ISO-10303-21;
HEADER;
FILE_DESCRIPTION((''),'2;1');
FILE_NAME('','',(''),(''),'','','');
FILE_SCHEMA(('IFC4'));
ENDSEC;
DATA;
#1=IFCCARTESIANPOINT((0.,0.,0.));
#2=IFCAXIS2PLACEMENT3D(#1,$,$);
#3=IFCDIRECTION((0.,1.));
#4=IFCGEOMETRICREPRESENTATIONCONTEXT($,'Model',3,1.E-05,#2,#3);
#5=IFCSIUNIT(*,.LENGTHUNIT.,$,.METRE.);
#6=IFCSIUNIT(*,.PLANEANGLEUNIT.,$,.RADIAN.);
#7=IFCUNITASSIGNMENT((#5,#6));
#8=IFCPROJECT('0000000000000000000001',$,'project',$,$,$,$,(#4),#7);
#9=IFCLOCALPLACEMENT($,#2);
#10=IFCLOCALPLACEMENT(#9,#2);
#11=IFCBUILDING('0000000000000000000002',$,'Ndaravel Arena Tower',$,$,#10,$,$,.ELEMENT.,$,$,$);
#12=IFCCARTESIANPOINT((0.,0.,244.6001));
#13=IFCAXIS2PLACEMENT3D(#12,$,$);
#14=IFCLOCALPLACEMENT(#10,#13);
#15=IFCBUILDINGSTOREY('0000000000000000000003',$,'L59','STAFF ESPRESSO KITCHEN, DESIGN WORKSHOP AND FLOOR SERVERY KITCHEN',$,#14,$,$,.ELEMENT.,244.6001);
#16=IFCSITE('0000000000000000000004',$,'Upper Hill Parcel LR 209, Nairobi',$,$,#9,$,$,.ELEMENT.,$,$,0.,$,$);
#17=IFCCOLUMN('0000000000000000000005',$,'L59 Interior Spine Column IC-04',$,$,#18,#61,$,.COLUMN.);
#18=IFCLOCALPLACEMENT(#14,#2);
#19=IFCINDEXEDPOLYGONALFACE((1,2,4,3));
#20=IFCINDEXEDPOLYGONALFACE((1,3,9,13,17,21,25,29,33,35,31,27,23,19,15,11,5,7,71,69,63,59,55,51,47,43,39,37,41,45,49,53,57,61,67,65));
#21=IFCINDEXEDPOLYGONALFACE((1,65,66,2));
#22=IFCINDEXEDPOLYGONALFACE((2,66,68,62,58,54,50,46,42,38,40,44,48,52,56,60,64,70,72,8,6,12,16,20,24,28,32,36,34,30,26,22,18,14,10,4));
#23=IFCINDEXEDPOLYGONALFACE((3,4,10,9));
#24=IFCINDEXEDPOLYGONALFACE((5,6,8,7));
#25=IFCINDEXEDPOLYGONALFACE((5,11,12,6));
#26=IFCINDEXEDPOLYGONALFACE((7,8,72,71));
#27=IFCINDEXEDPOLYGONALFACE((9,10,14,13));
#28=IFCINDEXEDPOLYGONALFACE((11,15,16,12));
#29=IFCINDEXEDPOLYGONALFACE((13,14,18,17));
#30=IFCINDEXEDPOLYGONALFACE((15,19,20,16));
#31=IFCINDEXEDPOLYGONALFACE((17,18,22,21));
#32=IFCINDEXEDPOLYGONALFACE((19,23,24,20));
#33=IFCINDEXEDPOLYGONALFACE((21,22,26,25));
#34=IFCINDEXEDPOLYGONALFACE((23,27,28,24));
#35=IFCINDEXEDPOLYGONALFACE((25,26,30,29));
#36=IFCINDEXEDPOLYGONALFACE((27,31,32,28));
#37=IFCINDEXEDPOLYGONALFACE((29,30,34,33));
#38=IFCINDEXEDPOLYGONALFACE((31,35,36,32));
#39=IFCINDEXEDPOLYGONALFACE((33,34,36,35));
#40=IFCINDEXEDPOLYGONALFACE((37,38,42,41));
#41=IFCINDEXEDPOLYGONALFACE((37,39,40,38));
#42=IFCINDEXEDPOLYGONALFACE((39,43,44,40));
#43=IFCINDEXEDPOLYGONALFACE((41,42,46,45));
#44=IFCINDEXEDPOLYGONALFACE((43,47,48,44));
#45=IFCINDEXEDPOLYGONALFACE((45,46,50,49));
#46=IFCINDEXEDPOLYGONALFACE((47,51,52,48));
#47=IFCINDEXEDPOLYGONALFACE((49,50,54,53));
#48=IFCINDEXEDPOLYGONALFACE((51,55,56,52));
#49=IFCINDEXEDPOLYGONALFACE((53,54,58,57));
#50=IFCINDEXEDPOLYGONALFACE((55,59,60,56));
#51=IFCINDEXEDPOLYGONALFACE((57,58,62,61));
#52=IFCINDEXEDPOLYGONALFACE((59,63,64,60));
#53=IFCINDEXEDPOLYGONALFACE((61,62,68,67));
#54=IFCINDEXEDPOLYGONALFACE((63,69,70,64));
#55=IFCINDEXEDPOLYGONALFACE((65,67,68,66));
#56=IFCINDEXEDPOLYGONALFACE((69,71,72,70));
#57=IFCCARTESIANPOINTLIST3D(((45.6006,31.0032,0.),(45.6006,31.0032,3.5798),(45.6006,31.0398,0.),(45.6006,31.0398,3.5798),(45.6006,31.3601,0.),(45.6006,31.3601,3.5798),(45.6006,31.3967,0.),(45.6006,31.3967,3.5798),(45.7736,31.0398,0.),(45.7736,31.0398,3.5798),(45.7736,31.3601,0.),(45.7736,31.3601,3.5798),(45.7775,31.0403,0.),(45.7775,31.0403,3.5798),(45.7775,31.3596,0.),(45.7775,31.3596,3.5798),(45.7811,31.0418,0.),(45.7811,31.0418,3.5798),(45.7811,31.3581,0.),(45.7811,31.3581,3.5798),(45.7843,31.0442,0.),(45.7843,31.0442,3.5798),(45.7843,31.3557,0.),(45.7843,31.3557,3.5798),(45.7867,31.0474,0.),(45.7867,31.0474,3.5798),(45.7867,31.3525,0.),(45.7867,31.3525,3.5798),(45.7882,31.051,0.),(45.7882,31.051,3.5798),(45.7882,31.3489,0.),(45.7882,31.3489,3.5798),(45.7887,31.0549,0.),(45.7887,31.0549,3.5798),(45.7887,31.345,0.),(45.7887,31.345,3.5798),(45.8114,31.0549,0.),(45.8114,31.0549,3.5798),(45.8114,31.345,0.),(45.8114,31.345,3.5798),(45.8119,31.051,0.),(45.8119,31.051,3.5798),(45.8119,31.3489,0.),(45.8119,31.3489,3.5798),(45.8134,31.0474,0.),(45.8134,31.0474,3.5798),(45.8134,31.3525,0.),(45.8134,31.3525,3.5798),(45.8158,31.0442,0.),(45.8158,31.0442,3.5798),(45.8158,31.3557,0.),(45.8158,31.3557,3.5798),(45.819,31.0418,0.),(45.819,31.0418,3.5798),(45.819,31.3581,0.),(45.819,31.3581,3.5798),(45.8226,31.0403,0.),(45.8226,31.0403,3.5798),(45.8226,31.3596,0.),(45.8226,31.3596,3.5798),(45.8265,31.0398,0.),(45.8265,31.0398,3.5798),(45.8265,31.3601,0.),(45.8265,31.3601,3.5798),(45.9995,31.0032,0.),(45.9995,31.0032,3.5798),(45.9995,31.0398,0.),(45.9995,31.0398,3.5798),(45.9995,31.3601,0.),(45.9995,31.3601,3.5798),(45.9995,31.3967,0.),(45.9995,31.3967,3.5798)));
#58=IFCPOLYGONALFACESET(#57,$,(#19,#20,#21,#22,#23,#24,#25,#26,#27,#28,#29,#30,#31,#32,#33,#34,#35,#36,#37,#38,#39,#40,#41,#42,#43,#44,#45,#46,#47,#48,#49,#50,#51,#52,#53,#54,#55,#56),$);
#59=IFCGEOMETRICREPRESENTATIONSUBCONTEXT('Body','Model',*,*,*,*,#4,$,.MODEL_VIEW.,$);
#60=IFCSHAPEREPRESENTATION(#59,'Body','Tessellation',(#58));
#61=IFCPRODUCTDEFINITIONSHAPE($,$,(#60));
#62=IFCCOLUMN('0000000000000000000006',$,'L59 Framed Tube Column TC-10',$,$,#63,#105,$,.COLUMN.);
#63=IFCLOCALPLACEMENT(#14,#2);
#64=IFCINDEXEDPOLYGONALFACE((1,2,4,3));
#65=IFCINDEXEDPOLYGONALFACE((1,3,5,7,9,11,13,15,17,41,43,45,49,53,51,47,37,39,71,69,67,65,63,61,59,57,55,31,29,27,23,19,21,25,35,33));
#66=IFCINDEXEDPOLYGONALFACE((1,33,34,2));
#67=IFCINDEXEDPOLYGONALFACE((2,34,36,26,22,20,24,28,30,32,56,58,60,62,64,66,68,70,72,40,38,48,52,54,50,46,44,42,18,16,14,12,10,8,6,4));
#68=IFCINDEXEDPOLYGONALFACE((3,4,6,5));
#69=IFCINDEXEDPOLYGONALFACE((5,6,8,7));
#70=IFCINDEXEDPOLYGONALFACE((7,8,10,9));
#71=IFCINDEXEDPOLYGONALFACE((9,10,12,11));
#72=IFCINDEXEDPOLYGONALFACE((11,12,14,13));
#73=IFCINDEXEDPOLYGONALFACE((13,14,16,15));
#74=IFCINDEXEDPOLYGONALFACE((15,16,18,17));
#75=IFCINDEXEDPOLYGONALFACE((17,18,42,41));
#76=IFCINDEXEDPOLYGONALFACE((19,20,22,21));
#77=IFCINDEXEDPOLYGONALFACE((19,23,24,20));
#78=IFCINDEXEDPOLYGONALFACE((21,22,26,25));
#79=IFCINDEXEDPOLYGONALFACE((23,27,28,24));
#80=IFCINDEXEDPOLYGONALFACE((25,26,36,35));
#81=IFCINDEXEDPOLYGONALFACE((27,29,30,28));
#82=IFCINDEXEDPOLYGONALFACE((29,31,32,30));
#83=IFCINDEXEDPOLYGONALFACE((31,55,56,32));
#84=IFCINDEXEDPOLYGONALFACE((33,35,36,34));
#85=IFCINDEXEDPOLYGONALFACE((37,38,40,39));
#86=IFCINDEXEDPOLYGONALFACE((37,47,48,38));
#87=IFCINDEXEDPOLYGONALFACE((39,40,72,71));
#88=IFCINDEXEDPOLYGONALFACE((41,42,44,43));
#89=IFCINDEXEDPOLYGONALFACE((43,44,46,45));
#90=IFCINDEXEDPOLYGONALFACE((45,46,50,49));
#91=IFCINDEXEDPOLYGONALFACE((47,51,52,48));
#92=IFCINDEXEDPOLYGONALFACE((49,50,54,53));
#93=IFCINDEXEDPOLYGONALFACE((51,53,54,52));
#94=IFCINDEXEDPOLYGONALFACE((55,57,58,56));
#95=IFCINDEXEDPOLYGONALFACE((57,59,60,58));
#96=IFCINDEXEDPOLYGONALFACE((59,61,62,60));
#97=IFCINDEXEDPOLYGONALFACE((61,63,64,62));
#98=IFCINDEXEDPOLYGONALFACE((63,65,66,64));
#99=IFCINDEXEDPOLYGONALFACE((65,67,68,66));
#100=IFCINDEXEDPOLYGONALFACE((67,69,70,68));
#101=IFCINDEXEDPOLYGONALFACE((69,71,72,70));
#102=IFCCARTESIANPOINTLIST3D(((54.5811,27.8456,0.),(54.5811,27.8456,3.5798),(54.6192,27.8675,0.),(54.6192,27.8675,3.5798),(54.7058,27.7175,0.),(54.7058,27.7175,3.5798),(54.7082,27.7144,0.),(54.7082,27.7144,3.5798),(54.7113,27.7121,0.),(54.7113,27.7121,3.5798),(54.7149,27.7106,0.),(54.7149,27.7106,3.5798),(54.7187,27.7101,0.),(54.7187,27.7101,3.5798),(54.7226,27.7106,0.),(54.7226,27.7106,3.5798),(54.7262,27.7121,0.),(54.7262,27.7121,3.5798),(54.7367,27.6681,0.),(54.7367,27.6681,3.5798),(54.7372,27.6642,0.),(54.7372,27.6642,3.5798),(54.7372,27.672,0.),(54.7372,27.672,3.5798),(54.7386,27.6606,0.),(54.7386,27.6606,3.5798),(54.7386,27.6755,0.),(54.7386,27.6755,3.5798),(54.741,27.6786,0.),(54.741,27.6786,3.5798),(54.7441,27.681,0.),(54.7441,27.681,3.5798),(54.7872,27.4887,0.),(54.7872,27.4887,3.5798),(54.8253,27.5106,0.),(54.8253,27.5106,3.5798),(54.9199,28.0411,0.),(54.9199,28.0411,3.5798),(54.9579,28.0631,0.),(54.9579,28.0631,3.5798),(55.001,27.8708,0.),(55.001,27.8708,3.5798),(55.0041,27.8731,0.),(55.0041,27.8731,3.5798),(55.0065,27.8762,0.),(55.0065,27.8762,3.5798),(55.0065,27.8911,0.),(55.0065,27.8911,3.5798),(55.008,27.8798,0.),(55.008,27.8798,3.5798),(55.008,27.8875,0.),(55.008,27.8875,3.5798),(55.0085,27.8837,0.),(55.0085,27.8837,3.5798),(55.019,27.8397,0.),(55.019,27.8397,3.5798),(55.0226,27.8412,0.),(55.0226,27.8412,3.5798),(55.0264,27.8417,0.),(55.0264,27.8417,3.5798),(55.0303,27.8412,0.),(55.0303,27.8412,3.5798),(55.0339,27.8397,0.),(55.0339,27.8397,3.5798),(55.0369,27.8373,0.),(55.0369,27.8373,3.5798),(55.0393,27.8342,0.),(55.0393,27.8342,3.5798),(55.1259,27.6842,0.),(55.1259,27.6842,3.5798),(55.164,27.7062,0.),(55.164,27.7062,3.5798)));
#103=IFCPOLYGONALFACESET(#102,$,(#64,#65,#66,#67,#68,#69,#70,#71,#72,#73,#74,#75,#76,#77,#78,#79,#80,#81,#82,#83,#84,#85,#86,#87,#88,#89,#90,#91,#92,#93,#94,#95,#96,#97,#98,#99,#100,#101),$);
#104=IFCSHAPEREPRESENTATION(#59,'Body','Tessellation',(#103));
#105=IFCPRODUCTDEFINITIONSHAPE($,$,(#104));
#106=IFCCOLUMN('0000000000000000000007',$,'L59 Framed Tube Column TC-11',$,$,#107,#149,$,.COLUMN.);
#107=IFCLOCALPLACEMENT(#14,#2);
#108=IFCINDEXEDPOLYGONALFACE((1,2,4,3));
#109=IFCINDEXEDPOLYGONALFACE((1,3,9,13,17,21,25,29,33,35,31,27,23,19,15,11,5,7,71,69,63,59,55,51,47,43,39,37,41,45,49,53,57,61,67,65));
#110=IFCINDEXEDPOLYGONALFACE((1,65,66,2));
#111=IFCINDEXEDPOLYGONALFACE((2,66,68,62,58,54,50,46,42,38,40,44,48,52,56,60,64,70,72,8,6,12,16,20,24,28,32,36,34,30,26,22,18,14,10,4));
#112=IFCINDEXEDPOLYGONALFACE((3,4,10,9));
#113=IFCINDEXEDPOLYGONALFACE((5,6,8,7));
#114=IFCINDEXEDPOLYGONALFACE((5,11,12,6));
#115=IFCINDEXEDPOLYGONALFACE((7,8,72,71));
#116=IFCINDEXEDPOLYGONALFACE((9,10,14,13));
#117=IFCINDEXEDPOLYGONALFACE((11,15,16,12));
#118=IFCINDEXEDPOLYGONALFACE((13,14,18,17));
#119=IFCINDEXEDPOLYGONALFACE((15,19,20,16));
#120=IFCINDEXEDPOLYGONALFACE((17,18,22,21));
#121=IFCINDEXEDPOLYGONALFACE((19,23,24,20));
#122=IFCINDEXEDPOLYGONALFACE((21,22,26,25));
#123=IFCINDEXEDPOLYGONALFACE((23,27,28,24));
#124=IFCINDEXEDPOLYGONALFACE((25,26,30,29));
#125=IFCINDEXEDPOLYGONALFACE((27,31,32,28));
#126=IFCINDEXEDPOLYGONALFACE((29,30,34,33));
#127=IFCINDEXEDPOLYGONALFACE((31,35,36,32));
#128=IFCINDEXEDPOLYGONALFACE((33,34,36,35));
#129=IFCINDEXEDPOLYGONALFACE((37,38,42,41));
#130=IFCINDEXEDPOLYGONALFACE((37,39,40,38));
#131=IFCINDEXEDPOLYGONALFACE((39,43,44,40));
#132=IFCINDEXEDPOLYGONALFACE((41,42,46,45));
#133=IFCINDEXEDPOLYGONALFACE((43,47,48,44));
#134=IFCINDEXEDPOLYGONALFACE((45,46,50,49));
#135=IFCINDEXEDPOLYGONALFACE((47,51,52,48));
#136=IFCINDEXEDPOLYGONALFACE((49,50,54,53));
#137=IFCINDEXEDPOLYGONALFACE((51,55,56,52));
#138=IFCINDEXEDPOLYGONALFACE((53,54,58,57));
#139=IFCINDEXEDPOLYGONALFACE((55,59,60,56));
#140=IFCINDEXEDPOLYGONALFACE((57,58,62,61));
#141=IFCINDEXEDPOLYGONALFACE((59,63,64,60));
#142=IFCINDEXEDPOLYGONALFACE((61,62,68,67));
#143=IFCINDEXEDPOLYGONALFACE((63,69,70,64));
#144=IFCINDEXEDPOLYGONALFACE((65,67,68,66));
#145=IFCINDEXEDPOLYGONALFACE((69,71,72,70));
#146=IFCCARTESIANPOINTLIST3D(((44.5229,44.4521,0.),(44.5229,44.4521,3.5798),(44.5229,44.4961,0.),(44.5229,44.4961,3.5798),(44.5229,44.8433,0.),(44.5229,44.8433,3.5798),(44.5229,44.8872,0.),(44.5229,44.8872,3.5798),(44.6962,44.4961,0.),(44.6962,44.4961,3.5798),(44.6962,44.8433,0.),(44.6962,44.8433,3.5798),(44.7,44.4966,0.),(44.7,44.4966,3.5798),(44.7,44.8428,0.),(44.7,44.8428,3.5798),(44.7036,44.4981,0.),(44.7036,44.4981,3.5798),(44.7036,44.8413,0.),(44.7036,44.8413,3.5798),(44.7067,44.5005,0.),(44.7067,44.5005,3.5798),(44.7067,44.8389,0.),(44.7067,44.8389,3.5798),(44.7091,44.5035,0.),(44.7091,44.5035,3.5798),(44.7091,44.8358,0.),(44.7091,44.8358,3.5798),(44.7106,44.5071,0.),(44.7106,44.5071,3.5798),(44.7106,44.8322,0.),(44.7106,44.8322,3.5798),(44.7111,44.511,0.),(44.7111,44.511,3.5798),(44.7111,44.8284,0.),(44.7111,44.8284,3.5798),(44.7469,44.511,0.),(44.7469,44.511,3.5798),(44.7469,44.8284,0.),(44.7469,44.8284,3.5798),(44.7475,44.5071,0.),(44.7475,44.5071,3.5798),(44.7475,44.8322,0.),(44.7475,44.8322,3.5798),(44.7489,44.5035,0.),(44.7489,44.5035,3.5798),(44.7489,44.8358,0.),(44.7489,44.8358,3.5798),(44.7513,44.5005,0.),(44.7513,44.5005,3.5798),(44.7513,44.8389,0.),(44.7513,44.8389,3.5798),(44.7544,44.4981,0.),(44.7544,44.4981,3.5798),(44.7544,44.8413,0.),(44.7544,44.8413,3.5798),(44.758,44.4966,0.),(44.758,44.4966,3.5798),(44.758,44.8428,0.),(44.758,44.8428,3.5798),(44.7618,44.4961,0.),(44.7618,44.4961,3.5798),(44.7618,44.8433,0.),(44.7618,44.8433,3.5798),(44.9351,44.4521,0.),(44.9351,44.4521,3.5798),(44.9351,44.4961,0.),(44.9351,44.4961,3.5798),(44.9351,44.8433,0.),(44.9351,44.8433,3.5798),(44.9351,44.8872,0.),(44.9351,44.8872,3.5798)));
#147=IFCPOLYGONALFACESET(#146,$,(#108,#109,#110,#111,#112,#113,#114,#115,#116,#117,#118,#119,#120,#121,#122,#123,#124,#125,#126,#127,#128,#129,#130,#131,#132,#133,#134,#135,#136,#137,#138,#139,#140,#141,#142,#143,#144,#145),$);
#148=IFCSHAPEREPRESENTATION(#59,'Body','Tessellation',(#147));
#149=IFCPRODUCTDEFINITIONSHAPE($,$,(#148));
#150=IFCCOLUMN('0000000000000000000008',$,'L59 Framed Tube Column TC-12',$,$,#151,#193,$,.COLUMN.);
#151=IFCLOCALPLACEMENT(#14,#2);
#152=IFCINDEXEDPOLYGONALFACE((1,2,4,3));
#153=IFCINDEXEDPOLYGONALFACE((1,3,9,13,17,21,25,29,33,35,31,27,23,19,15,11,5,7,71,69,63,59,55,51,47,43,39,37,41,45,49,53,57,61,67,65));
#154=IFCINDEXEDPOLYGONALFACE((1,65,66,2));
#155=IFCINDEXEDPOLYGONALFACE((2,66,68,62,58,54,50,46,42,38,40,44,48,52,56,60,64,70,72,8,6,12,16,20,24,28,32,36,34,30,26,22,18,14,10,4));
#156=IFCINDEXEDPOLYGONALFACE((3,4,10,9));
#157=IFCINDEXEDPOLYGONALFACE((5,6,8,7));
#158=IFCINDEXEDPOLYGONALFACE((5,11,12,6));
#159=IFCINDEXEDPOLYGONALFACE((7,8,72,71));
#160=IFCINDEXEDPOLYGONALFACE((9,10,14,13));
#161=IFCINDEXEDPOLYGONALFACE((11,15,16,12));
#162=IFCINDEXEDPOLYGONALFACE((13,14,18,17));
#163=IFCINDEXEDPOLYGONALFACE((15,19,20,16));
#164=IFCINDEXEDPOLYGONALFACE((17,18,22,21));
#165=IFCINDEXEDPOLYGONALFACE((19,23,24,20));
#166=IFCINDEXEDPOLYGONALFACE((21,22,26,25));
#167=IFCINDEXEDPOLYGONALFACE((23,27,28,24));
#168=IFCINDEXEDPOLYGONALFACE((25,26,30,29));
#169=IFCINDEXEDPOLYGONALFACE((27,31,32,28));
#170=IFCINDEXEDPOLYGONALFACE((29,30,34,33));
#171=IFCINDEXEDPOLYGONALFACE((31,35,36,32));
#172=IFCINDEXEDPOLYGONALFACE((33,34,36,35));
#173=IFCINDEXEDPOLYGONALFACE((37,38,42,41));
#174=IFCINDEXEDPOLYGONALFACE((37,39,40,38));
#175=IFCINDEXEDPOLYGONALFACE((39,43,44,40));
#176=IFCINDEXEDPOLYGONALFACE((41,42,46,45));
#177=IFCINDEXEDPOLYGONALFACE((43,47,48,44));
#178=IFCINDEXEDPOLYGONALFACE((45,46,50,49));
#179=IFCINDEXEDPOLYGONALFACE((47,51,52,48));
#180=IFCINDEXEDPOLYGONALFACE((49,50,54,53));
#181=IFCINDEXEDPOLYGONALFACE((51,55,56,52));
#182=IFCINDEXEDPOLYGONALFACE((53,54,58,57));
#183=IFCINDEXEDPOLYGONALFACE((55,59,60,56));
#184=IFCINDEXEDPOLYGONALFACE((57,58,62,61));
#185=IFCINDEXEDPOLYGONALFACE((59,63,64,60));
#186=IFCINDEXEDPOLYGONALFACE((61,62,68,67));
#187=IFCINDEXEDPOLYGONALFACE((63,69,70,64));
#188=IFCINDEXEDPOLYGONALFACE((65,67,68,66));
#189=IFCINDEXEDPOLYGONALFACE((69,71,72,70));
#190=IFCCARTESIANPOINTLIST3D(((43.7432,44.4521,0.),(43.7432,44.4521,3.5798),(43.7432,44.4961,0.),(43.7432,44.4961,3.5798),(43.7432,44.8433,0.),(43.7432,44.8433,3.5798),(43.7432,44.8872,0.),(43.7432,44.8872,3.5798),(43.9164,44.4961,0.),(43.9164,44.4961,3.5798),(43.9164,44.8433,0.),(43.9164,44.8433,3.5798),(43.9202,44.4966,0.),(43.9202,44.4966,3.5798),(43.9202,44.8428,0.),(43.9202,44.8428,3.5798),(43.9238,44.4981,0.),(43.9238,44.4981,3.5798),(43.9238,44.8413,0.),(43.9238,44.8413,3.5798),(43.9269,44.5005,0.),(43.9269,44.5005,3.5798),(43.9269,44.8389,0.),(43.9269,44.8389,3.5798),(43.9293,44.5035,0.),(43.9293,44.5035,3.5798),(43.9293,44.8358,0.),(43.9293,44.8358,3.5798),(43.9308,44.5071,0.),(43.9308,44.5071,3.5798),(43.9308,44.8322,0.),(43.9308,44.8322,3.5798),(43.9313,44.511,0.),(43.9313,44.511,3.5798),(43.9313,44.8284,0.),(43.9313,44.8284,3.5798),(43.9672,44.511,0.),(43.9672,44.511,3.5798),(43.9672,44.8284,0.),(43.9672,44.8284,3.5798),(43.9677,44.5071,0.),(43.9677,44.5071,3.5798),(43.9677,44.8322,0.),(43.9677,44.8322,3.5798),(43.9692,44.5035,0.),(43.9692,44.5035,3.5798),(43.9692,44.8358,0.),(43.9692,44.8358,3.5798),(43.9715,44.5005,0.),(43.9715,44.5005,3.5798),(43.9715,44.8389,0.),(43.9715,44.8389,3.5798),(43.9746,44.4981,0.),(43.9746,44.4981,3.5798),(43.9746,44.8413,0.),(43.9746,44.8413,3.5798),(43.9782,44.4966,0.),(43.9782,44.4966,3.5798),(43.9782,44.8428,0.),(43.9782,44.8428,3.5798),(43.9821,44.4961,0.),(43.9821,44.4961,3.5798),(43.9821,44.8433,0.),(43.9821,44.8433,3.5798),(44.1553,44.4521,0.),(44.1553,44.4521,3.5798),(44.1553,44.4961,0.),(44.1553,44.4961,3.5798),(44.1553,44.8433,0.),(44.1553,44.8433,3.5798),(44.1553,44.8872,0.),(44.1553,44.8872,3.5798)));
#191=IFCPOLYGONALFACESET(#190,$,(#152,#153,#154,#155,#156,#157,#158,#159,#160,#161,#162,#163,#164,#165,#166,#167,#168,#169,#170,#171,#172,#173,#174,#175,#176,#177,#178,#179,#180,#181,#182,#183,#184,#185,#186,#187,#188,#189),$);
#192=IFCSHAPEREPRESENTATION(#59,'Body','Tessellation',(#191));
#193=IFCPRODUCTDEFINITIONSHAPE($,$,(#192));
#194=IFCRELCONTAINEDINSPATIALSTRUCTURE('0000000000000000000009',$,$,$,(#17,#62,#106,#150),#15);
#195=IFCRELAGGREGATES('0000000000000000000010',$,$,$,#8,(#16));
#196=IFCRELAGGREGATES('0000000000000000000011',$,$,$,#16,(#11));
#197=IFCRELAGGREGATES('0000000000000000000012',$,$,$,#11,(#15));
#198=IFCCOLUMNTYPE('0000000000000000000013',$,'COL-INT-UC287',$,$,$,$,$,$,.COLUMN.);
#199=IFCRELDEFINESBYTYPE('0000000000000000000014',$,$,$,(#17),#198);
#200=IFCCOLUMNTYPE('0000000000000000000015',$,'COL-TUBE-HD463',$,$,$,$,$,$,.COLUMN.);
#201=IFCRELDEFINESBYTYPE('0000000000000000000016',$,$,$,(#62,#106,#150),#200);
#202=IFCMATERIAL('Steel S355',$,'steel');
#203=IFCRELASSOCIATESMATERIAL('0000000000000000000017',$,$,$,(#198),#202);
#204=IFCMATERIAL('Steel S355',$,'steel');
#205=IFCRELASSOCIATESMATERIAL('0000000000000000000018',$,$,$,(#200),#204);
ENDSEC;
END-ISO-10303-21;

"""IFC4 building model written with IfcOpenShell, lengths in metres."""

from ifc_helpers import new_model, si_unit, direction, frame, origin, origin_2d, place, context, subcontext, project, spatial, i_section, extrude, material, material_profile, profile_set, type_object, element, save


model = new_model("IFC4")

# Units and contexts
model_context = context("Model", 3, precision=1e-05, world=origin(), true_north=direction((0.0, 1.0)))
body_context = subcontext(model_context, "Body", "Model", "MODEL_VIEW")
ifc_project = project(units=[si_unit("LENGTHUNIT", "METRE"), si_unit("PLANEANGLEUNIT", "RADIAN")], contexts=[model_context])

# Site, building, storey
site_placement = place(None, origin())
site = spatial("IfcSite", under=ifc_project, at=site_placement, Name="Upper Hill Parcel LR 209, Nairobi", CompositionType="ELEMENT", RefElevation=0.0)
building_placement = place(site_placement, origin())
building = spatial("IfcBuilding", under=site, at=building_placement, Name="Ndaravel Arena Tower", CompositionType="ELEMENT")
storey_placement = place(building_placement, frame((0.0, 0.0, 244.6001)))
storey = spatial("IfcBuildingStorey", under=building, at=storey_placement, Name="L59", Description="STAFF ESPRESSO KITCHEN, DESIGN WORKSHOP AND FLOOR SERVERY KITCHEN", CompositionType="ELEMENT", Elevation=244.6001)

# Columns
ifc_material_1 = material(Name="Steel S355", Category="steel")
ifc_material_profile_1 = material_profile(ifc_material_1, i_section(OverallWidth=0.3989, OverallDepth=0.3936, WebThickness=0.0227, FlangeThickness=0.0366, FilletRadius=0.0151, at=origin_2d()), Name="UC 356x406x287")
ifc_profile_set_1 = profile_set([ifc_material_profile_1], Name="Steel S355")
column_type_1 = type_object("IfcColumnType", Name="COL-INT-UC287", PredefinedType="COLUMN", material=ifc_profile_set_1)
column_placement = place(storey_placement, frame((45.8, 31.2, 0.0), z_axis=(0.0, 0.0, 1.0), x_axis=(1.0, 0.0, 0.0)))
element("IfcColumn", 1, at=column_placement, inside=storey, type_object=column_type_1, Name="L59 Interior Spine Column IC-04", PredefinedType="COLUMN", context=body_context, shape_type="SweptSolid", body=[
    extrude(i_section(OverallWidth=0.3989, OverallDepth=0.3936, WebThickness=0.0227, FlangeThickness=0.0366, FilletRadius=0.0151, at=origin_2d()), origin(), (0.0, 0.0, 1.0), 3.5798),
])
ifc_material_2 = material(Name="Steel S355", Category="steel")
ifc_material_profile_2 = material_profile(ifc_material_2, i_section(OverallWidth=0.4121, OverallDepth=0.4351, WebThickness=0.0359, FlangeThickness=0.0439, FilletRadius=0.0149, at=origin_2d()), Name="HD 400x463")
ifc_profile_set_2 = profile_set([ifc_material_profile_2], Name="Steel S355")
column_type_2 = type_object("IfcColumnType", Name="COL-TUBE-HD463", PredefinedType="COLUMN", material=ifc_profile_set_2)
for number, where, z_axis, x_axis, name in (
    (2, (54.8726, 27.7759, 0.0), (0.0, 0.0, 1.0), (-0.5, 0.866025, 0.0), "L59 Framed Tube Column TC-10"),
    (3, (44.729, 44.6697, 0.0), (0.0, 0.0, 1.0), (1.0, 0.0, 0.0), "L59 Framed Tube Column TC-11"),
    (4, (43.9492, 44.6697, 0.0), (0.0, 0.0, 1.0), (1.0, 0.0, 0.0), "L59 Framed Tube Column TC-12"),
):
    element("IfcColumn", number, at=place(storey_placement, frame(where, z_axis=z_axis, x_axis=x_axis)), inside=storey, type_object=column_type_2, Name=name, PredefinedType="COLUMN", context=body_context, shape_type="SweptSolid", body=[
        extrude(i_section(OverallWidth=0.4121, OverallDepth=0.4351, WebThickness=0.0359, FlangeThickness=0.0439, FilletRadius=0.0149, at=origin_2d()), origin(), (0.0, 0.0, 1.0), 3.5798),
    ])

save(model, "model.ifc")
